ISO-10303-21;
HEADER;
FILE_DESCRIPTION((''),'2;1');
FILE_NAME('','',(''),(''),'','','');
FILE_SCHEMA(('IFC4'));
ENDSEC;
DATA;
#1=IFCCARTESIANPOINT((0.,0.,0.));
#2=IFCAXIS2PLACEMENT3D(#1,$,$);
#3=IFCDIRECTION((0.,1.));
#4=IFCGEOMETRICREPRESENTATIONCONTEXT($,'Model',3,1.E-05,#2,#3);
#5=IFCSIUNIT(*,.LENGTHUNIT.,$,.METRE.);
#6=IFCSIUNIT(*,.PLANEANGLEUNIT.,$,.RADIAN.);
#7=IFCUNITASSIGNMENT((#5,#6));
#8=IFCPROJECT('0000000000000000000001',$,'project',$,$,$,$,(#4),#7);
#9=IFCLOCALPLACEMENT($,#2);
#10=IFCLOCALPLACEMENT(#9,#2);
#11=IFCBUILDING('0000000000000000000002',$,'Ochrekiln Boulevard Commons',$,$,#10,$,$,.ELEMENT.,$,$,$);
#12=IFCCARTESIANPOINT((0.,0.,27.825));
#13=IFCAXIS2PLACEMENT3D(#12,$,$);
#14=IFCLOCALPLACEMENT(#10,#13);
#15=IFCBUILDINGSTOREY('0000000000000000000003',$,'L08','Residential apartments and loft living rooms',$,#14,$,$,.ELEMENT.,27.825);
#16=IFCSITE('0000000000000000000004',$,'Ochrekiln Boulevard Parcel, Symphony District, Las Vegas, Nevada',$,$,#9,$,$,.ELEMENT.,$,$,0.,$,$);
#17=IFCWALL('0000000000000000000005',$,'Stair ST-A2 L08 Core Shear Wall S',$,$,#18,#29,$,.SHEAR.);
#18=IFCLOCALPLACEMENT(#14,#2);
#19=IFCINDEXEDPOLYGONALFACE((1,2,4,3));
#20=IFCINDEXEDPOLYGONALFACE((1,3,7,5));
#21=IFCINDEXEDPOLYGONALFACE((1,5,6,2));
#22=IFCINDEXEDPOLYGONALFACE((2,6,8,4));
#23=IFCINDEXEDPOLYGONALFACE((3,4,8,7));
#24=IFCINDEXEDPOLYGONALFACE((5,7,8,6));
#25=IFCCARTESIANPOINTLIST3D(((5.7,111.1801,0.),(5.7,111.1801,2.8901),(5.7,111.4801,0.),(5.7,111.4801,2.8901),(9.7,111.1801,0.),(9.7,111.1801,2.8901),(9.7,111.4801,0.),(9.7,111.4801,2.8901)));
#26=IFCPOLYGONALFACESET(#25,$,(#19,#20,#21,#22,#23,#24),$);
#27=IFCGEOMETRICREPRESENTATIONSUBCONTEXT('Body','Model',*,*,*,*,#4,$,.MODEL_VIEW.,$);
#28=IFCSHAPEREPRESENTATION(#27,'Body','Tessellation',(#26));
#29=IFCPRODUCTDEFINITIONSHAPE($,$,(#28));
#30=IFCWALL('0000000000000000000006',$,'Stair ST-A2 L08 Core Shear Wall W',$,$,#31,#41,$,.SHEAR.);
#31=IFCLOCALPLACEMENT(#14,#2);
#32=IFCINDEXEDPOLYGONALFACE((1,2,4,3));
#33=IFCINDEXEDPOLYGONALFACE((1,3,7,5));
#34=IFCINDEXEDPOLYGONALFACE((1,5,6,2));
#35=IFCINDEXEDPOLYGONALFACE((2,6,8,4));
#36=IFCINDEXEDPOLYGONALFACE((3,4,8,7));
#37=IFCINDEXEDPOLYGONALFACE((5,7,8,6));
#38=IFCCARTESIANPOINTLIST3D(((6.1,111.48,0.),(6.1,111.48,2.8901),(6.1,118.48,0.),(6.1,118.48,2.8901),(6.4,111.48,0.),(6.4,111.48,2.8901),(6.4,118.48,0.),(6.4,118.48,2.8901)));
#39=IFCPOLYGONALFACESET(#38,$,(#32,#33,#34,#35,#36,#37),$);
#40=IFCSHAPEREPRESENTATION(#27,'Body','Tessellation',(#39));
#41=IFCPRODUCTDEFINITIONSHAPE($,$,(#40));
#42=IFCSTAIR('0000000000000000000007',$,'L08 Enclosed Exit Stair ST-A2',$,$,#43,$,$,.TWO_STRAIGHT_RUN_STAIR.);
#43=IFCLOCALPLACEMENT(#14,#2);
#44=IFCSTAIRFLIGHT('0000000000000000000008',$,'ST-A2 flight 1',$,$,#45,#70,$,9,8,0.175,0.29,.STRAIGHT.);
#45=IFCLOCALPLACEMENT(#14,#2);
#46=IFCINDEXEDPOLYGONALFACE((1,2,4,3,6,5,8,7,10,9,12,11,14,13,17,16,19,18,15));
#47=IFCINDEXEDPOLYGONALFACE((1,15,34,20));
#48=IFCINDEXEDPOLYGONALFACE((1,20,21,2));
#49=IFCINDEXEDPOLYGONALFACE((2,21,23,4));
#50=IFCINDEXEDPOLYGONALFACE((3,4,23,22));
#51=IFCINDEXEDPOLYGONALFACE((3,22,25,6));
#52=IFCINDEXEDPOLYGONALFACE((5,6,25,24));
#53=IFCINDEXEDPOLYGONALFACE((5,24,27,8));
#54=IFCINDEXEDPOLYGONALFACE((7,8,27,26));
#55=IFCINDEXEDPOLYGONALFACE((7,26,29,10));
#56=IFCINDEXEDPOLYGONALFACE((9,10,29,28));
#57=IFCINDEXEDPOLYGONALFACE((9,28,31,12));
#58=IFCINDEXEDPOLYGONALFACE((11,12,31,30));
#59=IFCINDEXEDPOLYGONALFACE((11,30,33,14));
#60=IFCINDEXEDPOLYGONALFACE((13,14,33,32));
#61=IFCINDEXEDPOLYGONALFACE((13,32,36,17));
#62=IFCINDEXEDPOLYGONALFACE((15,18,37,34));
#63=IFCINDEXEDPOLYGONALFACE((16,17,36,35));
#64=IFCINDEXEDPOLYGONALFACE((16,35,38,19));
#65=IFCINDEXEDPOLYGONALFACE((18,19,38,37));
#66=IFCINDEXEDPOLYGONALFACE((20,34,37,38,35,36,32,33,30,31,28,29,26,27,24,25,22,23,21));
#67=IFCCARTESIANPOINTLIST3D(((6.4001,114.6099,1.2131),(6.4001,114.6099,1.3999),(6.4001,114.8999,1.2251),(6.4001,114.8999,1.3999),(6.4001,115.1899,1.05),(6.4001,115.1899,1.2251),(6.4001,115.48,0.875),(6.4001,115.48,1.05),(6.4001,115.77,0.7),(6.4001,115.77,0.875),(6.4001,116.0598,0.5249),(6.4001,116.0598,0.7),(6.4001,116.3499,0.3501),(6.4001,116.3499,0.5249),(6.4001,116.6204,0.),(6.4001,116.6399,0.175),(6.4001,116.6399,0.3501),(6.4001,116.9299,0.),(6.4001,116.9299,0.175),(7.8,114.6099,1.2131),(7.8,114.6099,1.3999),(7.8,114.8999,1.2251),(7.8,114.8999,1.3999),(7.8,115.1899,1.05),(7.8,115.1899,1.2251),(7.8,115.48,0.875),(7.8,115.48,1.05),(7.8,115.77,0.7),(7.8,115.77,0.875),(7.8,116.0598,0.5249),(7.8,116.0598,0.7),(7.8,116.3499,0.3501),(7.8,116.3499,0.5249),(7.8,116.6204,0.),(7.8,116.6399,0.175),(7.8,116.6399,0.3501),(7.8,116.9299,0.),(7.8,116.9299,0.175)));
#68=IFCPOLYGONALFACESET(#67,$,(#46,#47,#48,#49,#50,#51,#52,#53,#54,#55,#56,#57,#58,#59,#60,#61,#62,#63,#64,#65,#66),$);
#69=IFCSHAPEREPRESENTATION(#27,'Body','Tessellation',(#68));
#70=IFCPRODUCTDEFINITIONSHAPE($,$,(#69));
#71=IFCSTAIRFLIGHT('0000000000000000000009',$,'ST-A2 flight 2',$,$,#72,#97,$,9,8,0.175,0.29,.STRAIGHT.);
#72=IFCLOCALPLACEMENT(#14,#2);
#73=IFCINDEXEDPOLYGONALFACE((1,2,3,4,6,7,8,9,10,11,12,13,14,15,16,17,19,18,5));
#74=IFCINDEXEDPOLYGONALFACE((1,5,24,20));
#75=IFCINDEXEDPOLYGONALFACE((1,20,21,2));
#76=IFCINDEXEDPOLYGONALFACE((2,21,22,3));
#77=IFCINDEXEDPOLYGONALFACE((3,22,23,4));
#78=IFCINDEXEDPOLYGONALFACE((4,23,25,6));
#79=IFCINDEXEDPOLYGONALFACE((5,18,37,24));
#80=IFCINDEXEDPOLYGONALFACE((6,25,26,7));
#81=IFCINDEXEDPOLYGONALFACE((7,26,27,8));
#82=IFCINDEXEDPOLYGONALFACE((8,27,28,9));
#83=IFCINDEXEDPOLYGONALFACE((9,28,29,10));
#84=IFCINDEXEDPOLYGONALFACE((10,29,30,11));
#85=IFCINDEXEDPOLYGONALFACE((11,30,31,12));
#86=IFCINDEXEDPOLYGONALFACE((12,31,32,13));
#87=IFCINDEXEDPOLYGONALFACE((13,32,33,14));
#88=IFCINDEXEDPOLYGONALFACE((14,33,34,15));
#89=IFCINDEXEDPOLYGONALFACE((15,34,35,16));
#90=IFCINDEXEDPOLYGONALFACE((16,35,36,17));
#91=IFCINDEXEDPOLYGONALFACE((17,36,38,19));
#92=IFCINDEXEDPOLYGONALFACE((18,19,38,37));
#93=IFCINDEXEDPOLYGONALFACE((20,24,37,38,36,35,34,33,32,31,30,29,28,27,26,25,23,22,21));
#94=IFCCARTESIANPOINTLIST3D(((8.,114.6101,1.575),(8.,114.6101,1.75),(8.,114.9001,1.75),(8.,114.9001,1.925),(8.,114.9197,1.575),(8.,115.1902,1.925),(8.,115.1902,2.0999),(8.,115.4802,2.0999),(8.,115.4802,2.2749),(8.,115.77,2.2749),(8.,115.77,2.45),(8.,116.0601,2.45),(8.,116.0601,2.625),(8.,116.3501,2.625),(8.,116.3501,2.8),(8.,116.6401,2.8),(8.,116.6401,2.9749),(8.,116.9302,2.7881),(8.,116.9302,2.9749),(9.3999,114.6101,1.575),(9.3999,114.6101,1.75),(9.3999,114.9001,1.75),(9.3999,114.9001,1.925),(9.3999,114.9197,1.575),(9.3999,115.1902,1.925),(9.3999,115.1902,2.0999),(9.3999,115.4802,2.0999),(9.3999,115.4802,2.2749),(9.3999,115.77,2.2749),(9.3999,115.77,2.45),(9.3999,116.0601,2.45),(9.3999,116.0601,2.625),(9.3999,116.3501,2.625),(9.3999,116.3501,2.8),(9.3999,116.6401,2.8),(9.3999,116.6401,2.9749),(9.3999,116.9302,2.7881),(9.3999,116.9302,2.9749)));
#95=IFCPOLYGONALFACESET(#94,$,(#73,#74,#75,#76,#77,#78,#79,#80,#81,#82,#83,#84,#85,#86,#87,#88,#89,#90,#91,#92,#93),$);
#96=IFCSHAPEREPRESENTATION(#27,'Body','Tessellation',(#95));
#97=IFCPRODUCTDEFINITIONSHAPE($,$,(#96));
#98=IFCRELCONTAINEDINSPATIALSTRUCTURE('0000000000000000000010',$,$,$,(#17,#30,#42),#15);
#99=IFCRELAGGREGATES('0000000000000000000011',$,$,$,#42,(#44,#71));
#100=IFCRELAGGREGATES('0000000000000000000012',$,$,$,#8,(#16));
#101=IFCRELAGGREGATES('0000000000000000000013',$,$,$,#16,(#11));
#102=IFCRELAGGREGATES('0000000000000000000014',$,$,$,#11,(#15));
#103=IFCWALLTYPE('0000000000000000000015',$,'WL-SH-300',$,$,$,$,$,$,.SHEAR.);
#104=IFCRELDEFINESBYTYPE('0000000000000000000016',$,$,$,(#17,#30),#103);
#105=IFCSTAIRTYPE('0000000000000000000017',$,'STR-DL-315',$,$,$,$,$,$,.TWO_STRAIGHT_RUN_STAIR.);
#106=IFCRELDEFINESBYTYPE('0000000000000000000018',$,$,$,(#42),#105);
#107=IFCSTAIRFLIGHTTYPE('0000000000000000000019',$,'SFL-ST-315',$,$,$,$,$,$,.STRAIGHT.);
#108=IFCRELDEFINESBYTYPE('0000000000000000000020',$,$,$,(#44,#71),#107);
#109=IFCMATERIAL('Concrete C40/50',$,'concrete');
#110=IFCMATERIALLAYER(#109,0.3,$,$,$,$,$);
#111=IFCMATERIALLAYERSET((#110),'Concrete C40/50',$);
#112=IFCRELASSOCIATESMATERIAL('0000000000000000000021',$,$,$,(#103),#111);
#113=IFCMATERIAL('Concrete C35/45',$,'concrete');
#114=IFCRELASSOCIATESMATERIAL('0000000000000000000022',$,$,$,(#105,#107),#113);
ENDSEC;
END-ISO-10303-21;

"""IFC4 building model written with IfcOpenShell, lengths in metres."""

from ifc_helpers import new_model, si_unit, direction, frame, frame_2d, origin, place, context, subcontext, project, spatial, polyline, rectangle, outline, extrude, material, layer, layer_set, type_object, element, aggregate, save


model = new_model("IFC4")

# Units and contexts
model_context = context("Model", 3, precision=1e-05, world=origin(), true_north=direction((0.0, 1.0)))
body_context = subcontext(model_context, "Body", "Model", "MODEL_VIEW")
ifc_project = project(units=[si_unit("LENGTHUNIT", "METRE"), si_unit("PLANEANGLEUNIT", "RADIAN")], contexts=[model_context])

# Site, building, storey
site_placement = place(None, origin())
site = spatial("IfcSite", under=ifc_project, at=site_placement, Name="Ochrekiln Boulevard Parcel, Symphony District, Las Vegas, Nevada", CompositionType="ELEMENT", RefElevation=0.0)
building_placement = place(site_placement, origin())
building = spatial("IfcBuilding", under=site, at=building_placement, Name="Ochrekiln Boulevard Commons", CompositionType="ELEMENT")
storey_placement = place(building_placement, frame((0.0, 0.0, 27.825)))
storey = spatial("IfcBuildingStorey", under=building, at=storey_placement, Name="L08", Description="Residential apartments and loft living rooms", CompositionType="ELEMENT", Elevation=27.825)

# Shared definitions
ifc_material_1 = material(Name="Concrete C35/45", Category="concrete")
ifc_material_2 = material(Name="Concrete C40/50", Category="concrete")

# Walls
ifc_layer_1 = layer(ifc_material_2, 0.3)
ifc_layer_set_1 = layer_set([ifc_layer_1], Name="Concrete C40/50")
wall_type_1 = type_object("IfcWallType", Name="WL-SH-300", PredefinedType="SHEAR", material=ifc_layer_set_1)
wall_1_placement = place(storey_placement, frame((5.7, 111.3301, 0.0), z_axis=(0.0, 0.0, 1.0), x_axis=(1.0, 0.0, 0.0)))
element("IfcWall", 1, at=wall_1_placement, inside=storey, type_object=wall_type_1, Name="Stair ST-A2 L08 Core Shear Wall S", PredefinedType="SHEAR", context=body_context, shape_type="SweptSolid", body=[
    extrude(rectangle(XDim=4.0, YDim=0.3, at=frame_2d((2.0, 0.0))), origin(), (0.0, 0.0, 1.0), 2.8901),
])
wall_2_placement = place(storey_placement, frame((6.25, 111.48, 0.0), z_axis=(0.0, 0.0, 1.0), x_axis=(0.0, 1.0, 0.0)))
element("IfcWall", 2, at=wall_2_placement, inside=storey, type_object=wall_type_1, Name="Stair ST-A2 L08 Core Shear Wall W", PredefinedType="SHEAR", context=body_context, shape_type="SweptSolid", body=[
    extrude(rectangle(XDim=7.0, YDim=0.3, at=frame_2d((3.5, 0.0))), origin(), (0.0, 0.0, 1.0), 2.8901),
])

# Stair, stair flights
stair_type = type_object("IfcStairType", Name="STR-DL-315", PredefinedType="TWO_STRAIGHT_RUN_STAIR", material=ifc_material_1)
stair_placement = place(storey_placement, origin())
stair = element("IfcStair", 3, at=stair_placement, inside=storey, type_object=stair_type, Name="L08 Enclosed Exit Stair ST-A2", PredefinedType="TWO_STRAIGHT_RUN_STAIR")
stair_flight_type = type_object("IfcStairFlightType", Name="SFL-ST-315", PredefinedType="STRAIGHT", material=ifc_material_1)
stair_flight_1_placement = place(storey_placement, frame((7.1001, 116.9299, 0.0), z_axis=(0.0, 0.0, 1.0), x_axis=(0.0, -1.0, 0.0)))
stair_flight_1 = element("IfcStairFlight", 4, at=stair_flight_1_placement, type_object=stair_flight_type, Name="ST-A2 flight 1", NumberOfRisers=9, NumberOfTreads=8, PredefinedType="STRAIGHT", RiserHeight=0.175, TreadLength=0.29, context=body_context, shape_type="SweptSolid", body=[
    extrude(outline(polyline([(0.0, 0.0), (0.0, 0.175), (0.29, 0.175), (0.29, 0.3501), (0.5801, 0.3501), (0.5801, 0.5249), (0.8701, 0.5249), (0.8701, 0.7), (1.1599, 0.7), (1.1599, 0.875), (1.45, 0.875), (1.45, 1.05), (1.74, 1.05), (1.74, 1.2251), (2.03, 1.2251), (2.03, 1.3999), (2.3201, 1.3999), (2.3201, 1.575), (2.3201, 1.2131), (0.3096, 0.0), (0.0, 0.0)])), frame((0.0, 0.7, 0.0), z_axis=(0.0, -1.0, 0.0), x_axis=(1.0, 0.0, 0.0)), (0.0, 0.0, 1.0), 1.3999),
])
stair_flight_2_placement = place(storey_placement, frame((8.7, 114.6101, 1.575), z_axis=(0.0, 0.0, 1.0), x_axis=(0.0, 1.0, 0.0)))
stair_flight_2 = element("IfcStairFlight", 5, at=stair_flight_2_placement, type_object=stair_flight_type, Name="ST-A2 flight 2", NumberOfRisers=9, NumberOfTreads=8, PredefinedType="STRAIGHT", RiserHeight=0.175, TreadLength=0.29, context=body_context, shape_type="SweptSolid", body=[
    extrude(outline(polyline([(0.0, 0.0), (0.0, 0.175), (0.29, 0.175), (0.29, 0.3501), (0.5801, 0.3501), (0.5801, 0.5249), (0.8701, 0.5249), (0.8701, 0.7), (1.1599, 0.7), (1.1599, 0.875), (1.45, 0.875), (1.45, 1.05), (1.74, 1.05), (1.74, 1.2251), (2.03, 1.2251), (2.03, 1.3999), (2.3201, 1.3999), (2.3201, 1.575), (2.3201, 1.2131), (0.3096, 0.0), (0.0, 0.0)])), frame((0.0, 0.7, 0.0), z_axis=(0.0, -1.0, 0.0), x_axis=(1.0, 0.0, 0.0)), (0.0, 0.0, 1.0), 1.3999),
])
aggregate(stair, [stair_flight_1, stair_flight_2])

save(model, "model.ifc")
